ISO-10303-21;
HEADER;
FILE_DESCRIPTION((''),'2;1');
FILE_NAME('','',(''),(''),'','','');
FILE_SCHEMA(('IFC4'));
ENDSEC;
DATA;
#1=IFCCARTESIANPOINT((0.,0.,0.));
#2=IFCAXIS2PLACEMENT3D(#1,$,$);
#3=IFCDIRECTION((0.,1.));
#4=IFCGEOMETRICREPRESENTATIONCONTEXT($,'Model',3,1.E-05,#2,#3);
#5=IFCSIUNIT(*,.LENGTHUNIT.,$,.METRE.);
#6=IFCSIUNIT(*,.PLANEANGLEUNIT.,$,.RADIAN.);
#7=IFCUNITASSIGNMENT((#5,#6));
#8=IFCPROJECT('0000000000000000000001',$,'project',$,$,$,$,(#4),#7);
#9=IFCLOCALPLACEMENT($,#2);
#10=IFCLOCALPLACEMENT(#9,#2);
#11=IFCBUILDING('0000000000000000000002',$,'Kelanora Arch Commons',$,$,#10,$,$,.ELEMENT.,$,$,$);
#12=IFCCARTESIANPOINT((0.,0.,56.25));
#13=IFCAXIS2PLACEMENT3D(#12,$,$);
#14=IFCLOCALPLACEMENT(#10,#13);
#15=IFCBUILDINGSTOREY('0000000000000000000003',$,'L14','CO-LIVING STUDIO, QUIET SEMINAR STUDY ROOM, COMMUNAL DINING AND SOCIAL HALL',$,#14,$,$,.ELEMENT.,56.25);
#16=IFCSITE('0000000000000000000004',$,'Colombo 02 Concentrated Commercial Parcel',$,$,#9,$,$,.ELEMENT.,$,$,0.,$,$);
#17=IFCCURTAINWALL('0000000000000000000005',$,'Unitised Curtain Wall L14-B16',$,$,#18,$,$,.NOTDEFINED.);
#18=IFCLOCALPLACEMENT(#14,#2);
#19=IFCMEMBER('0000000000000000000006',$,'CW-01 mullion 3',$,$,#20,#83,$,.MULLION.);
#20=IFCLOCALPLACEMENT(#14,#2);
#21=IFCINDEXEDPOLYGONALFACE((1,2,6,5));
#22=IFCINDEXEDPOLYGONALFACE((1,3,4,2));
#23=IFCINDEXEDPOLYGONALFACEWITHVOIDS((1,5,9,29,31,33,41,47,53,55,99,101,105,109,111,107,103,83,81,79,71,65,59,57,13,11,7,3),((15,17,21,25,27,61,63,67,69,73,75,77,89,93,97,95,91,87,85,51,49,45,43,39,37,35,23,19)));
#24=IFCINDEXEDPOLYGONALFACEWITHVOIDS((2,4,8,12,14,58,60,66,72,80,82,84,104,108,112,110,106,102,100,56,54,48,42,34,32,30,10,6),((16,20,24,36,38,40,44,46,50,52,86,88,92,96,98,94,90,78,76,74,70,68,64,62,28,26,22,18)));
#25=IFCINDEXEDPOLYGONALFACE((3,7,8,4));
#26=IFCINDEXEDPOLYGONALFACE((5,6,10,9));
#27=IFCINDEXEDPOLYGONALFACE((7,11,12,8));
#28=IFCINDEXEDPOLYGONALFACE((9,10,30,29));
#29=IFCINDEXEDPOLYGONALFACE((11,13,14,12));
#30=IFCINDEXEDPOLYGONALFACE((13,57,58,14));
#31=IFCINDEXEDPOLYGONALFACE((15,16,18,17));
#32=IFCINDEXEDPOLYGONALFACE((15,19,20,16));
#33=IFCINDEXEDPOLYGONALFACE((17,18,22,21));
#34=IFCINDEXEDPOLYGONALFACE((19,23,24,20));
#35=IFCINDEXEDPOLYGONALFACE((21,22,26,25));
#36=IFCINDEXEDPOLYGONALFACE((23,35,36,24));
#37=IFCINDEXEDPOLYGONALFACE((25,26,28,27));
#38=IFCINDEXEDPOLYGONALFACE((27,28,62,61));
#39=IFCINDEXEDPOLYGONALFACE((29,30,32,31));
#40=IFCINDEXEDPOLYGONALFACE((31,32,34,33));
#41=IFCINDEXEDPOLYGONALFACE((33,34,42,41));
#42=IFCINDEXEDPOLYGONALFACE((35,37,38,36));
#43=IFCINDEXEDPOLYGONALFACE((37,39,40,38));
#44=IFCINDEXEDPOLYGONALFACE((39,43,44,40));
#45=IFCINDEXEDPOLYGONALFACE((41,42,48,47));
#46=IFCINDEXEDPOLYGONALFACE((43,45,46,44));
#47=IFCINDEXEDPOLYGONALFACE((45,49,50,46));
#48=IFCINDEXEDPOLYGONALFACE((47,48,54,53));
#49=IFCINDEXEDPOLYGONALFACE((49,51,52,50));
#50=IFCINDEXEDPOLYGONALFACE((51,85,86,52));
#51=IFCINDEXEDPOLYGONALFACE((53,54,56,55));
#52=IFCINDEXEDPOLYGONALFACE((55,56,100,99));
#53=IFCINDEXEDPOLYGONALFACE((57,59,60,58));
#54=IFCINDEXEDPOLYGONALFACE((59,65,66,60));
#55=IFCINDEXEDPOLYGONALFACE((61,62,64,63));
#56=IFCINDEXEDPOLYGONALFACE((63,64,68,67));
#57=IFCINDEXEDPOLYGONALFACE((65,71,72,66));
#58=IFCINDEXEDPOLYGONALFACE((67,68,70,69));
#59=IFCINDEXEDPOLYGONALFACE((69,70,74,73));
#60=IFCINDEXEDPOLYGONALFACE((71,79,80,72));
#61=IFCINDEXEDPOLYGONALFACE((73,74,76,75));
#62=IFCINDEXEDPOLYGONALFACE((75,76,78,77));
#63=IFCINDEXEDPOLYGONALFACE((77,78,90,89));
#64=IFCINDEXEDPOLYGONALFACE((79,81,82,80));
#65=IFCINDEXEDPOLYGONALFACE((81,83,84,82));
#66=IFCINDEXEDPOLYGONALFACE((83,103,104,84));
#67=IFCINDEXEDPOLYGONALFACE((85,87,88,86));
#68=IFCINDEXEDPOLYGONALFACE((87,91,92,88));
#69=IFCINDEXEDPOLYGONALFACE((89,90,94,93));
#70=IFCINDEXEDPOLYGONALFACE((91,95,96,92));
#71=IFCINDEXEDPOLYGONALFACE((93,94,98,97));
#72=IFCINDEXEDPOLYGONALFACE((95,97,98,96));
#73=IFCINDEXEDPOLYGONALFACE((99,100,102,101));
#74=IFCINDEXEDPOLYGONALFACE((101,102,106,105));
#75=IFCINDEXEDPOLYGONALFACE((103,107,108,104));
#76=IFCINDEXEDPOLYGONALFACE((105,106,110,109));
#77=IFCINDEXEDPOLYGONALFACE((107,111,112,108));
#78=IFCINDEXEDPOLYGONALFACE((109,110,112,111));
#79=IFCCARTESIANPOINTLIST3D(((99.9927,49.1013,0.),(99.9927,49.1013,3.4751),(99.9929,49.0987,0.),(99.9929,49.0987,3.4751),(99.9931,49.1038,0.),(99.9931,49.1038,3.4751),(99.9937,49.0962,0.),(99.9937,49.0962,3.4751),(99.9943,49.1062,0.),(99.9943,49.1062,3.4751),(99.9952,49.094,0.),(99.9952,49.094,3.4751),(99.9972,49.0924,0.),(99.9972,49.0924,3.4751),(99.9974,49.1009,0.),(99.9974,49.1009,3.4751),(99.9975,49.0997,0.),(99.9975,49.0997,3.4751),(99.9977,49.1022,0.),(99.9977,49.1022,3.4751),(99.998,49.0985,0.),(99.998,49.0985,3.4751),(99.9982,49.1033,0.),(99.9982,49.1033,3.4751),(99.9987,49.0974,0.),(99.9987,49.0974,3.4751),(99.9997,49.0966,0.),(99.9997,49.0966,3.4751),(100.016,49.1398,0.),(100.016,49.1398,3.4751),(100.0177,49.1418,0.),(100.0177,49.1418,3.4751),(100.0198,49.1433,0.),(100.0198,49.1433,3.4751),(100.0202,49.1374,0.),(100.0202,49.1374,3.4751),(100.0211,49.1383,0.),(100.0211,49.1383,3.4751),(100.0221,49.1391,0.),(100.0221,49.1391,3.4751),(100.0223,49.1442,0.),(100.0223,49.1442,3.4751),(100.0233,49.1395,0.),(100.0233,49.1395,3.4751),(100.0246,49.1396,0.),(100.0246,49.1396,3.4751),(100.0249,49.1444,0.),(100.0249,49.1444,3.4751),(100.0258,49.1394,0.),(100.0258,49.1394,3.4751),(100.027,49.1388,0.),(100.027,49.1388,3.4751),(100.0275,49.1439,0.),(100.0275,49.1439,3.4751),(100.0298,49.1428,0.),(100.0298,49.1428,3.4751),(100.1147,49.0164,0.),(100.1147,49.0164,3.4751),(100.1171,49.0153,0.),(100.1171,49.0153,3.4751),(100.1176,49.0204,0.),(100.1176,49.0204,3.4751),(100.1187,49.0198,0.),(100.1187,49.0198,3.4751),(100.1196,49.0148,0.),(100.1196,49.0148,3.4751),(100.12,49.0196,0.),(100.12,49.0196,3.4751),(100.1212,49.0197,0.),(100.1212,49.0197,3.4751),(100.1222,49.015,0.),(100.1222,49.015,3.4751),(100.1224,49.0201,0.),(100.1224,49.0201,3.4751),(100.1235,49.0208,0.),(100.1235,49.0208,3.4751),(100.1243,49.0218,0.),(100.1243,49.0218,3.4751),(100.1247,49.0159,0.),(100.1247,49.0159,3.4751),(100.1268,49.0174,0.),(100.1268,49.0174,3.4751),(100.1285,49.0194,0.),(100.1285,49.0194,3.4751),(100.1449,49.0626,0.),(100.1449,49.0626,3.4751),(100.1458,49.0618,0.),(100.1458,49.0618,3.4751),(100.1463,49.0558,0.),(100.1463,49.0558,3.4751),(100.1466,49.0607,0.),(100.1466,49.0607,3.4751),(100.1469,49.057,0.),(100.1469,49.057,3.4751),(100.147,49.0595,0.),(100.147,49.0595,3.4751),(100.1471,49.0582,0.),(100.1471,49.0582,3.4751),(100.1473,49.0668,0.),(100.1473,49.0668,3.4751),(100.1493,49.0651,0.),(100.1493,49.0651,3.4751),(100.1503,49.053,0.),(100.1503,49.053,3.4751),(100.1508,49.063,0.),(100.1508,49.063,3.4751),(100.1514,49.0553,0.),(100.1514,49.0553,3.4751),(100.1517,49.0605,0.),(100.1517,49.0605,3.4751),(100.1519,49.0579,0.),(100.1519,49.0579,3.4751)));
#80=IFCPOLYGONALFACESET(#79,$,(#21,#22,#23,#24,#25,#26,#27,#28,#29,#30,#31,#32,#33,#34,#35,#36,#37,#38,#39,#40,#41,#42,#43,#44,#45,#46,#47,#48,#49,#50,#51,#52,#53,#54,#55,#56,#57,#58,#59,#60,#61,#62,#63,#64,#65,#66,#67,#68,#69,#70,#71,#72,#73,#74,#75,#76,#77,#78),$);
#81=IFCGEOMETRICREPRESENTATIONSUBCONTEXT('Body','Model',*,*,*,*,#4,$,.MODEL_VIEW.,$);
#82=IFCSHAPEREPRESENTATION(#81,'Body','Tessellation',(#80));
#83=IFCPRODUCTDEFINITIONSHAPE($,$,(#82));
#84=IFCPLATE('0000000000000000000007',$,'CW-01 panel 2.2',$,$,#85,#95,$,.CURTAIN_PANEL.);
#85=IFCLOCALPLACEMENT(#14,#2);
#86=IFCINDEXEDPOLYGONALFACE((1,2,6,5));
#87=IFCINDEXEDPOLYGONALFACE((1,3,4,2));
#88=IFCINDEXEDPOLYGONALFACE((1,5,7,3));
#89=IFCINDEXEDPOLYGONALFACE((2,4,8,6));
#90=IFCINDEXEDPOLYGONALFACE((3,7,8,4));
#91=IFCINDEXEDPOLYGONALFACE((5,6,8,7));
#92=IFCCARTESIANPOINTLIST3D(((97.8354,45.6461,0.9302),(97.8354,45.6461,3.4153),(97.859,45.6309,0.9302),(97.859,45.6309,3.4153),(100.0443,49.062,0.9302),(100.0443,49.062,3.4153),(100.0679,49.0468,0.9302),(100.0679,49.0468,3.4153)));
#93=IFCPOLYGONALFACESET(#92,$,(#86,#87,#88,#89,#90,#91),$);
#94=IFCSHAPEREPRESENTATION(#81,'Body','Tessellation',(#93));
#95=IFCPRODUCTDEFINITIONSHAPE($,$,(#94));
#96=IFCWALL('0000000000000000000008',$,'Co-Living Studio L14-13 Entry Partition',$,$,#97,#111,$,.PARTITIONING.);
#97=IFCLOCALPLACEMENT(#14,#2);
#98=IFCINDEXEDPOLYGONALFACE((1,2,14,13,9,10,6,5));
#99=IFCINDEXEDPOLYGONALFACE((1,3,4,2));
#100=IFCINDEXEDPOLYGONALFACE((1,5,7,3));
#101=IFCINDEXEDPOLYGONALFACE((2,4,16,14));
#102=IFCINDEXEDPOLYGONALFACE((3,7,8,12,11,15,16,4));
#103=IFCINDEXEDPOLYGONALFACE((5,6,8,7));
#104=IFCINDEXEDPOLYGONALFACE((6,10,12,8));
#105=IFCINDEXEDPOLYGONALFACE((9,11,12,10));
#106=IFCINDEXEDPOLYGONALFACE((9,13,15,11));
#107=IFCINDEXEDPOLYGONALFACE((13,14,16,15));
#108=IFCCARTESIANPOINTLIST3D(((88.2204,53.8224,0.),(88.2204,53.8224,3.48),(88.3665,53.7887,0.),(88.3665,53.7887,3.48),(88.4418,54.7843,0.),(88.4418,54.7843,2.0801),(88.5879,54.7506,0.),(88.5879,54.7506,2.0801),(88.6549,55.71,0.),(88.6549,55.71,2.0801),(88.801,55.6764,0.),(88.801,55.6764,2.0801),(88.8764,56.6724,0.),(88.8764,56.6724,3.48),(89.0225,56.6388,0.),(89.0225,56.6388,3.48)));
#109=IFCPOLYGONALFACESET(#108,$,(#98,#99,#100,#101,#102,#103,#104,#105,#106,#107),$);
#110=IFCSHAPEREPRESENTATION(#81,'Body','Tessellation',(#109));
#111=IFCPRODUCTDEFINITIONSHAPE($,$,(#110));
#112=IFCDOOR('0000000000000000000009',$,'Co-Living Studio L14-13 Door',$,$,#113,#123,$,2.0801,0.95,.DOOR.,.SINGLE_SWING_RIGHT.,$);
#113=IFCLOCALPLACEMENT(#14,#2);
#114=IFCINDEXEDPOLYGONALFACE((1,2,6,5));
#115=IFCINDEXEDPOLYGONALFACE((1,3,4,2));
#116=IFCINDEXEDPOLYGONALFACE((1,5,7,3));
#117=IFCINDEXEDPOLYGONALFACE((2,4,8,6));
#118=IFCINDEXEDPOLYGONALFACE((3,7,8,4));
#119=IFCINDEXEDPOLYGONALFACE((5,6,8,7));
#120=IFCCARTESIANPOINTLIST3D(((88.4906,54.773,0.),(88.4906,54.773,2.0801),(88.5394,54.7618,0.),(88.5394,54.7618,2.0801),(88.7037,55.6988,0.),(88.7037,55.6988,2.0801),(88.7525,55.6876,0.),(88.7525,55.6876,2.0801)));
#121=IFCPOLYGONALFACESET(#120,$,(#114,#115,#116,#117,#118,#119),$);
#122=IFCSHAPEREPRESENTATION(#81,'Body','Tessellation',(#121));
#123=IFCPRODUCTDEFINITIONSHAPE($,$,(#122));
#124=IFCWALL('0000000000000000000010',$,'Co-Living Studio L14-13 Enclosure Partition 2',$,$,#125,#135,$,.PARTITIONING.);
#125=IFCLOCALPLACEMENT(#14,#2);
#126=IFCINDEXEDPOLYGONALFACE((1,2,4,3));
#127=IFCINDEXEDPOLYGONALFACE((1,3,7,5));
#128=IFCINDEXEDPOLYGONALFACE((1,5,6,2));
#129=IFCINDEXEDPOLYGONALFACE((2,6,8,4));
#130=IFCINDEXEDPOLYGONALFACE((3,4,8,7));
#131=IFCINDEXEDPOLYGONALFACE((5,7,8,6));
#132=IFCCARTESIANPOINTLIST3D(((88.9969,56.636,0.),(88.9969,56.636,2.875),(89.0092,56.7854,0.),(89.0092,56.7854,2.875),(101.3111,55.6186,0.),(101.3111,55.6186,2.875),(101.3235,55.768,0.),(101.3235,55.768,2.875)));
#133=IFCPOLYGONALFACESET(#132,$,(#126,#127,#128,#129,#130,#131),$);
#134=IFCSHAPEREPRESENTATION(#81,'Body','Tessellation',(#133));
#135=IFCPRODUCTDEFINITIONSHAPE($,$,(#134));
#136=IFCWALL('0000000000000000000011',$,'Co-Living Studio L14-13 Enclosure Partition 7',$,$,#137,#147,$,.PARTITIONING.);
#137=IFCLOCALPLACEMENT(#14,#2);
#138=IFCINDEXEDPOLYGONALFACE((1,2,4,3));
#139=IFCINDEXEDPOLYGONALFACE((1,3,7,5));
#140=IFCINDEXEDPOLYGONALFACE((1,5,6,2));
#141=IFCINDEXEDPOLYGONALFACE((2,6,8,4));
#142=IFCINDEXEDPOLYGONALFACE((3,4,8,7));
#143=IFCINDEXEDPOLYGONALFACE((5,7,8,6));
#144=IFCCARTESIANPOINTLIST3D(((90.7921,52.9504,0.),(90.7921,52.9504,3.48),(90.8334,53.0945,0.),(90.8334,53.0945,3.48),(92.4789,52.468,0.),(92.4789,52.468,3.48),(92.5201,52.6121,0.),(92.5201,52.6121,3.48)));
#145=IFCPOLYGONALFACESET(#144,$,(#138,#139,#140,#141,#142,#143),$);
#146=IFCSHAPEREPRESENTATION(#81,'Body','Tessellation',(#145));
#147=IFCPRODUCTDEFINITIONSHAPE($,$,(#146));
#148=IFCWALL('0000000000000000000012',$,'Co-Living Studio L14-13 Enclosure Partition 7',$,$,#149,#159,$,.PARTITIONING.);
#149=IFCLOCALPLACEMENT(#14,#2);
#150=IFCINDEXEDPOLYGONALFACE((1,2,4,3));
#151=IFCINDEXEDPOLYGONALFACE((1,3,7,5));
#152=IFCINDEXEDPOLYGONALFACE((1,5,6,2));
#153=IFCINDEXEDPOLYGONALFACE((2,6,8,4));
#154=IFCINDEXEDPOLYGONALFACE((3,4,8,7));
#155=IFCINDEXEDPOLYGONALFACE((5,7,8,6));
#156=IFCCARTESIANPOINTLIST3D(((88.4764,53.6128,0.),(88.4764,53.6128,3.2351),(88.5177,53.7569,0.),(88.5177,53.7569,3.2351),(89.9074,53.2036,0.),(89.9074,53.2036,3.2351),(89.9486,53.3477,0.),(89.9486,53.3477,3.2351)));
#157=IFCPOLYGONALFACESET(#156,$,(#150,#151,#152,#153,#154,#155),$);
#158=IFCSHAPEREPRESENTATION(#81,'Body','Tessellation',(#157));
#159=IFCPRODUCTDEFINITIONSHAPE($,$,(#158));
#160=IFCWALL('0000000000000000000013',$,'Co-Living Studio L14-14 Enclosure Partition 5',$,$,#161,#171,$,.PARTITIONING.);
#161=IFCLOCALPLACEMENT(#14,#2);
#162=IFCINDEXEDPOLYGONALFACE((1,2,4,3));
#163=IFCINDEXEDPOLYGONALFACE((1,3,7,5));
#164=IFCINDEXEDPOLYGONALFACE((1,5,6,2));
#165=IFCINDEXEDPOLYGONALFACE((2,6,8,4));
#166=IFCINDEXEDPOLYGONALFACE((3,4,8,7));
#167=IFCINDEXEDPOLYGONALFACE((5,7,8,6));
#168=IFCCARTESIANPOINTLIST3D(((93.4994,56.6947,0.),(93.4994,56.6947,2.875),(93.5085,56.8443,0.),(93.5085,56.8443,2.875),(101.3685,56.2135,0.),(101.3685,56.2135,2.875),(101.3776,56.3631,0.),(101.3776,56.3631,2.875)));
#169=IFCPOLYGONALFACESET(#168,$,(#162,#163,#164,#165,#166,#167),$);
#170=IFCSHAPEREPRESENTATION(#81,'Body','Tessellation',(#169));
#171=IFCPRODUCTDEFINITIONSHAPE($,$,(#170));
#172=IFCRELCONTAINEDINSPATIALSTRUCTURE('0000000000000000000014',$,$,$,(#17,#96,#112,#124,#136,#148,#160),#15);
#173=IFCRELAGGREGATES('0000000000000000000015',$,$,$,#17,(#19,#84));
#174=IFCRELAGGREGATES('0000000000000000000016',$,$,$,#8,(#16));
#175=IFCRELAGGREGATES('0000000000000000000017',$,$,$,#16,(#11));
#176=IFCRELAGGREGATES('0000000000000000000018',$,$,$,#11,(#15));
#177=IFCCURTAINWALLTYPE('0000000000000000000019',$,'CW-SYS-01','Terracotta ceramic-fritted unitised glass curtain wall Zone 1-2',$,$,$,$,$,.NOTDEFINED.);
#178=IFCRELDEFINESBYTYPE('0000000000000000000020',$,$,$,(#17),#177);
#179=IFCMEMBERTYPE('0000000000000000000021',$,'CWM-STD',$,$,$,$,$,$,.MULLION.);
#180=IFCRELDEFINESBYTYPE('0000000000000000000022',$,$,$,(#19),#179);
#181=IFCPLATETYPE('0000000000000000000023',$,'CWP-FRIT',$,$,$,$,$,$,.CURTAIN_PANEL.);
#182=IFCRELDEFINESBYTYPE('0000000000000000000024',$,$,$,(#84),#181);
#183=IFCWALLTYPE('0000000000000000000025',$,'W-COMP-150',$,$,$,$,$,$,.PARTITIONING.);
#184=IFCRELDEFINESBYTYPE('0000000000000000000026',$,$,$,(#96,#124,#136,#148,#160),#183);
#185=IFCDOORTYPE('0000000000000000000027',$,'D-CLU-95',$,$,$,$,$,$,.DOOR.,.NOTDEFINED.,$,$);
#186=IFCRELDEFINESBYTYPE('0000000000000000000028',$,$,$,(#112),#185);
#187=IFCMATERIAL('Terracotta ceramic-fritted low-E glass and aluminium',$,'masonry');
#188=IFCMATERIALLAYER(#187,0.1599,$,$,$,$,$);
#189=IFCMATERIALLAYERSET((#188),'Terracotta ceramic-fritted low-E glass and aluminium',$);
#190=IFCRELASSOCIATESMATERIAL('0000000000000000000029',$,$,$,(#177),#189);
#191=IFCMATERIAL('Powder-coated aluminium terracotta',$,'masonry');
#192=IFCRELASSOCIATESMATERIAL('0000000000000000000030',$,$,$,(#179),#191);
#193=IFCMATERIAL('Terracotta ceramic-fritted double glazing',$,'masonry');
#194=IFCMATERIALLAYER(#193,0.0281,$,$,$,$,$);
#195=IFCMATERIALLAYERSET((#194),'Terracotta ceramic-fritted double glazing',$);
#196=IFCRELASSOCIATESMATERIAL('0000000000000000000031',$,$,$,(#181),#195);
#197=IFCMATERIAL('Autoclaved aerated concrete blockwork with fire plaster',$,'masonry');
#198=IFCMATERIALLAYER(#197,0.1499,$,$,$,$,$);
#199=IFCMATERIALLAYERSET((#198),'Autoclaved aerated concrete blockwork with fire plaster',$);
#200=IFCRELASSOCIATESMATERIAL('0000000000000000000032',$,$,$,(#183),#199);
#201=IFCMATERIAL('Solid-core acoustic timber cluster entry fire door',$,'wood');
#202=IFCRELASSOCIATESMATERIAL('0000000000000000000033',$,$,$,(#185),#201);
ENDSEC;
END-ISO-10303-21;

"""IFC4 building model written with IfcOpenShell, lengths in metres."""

from ifc_helpers import new_model, si_unit, direction, frame, frame_2d, origin, origin_2d, place, context, subcontext, project, spatial, rectangle, hollow_rectangle, extrude, source, transform, mapped, material, layer, layer_set, material_profile, profile_set, type_object, element, fill, aggregate, save


model = new_model("IFC4")

# Units and contexts
model_context = context("Model", 3, precision=1e-05, world=origin(), true_north=direction((0.0, 1.0)))
body_context = subcontext(model_context, "Body", "Model", "MODEL_VIEW")
ifc_project = project(units=[si_unit("LENGTHUNIT", "METRE"), si_unit("PLANEANGLEUNIT", "RADIAN")], contexts=[model_context])

# Site, building, storey
site_placement = place(None, origin())
site = spatial("IfcSite", under=ifc_project, at=site_placement, Name="Colombo 02 Concentrated Commercial Parcel", CompositionType="ELEMENT", RefElevation=0.0)
building_placement = place(site_placement, origin())
building = spatial("IfcBuilding", under=site, at=building_placement, Name="Kelanora Arch Commons", CompositionType="ELEMENT")
storey_placement = place(building_placement, frame((0.0, 0.0, 56.25)))
storey = spatial("IfcBuildingStorey", under=building, at=storey_placement, Name="L14", Description="CO-LIVING STUDIO, QUIET SEMINAR STUDY ROOM, COMMUNAL DINING AND SOCIAL HALL", CompositionType="ELEMENT", Elevation=56.25)

# Curtain wall, member, plate
ifc_material_1 = material(Name="Terracotta ceramic-fritted low-E glass and aluminium", Category="masonry")
ifc_layer_1 = layer(ifc_material_1, 0.1599)
ifc_layer_set_1 = layer_set([ifc_layer_1], Name="Terracotta ceramic-fritted low-E glass and aluminium")
curtain_wall_type = type_object("IfcCurtainWallType", Name="CW-SYS-01", Description="Terracotta ceramic-fritted unitised glass curtain wall Zone 1-2", PredefinedType="NOTDEFINED", material=ifc_layer_set_1)
curtain_wall_placement = place(storey_placement, origin())
curtain_wall = element("IfcCurtainWall", 1, at=curtain_wall_placement, inside=storey, type_object=curtain_wall_type, Name="Unitised Curtain Wall L14-B16", PredefinedType="NOTDEFINED")
ifc_material_2 = material(Name="Powder-coated aluminium terracotta", Category="masonry")
ifc_material_profile_1 = material_profile(ifc_material_2, hollow_rectangle(XDim=0.1599, YDim=0.0601, WallThickness=0.0049, InnerFilletRadius=0.0049, OuterFilletRadius=0.01, at=origin_2d()), Name="CWM160x60")
ifc_profile_set_1 = profile_set([ifc_material_profile_1], Name="Powder-coated aluminium terracotta")
member_type = type_object("IfcMemberType", Name="CWM-STD", PredefinedType="MULLION", material=ifc_profile_set_1)
member_placement = place(storey_placement, frame((100.0723, 49.0796, 0.0), z_axis=(0.0, 0.0, 1.0), x_axis=(-0.83973, 0.543004, 0.0)))
member = element("IfcMember", 2, at=member_placement, type_object=member_type, Name="CW-01 mullion 3", PredefinedType="MULLION", context=body_context, shape_type="SweptSolid", body=[
    extrude(hollow_rectangle(XDim=0.1599, YDim=0.0601, WallThickness=0.0049, InnerFilletRadius=0.0049, OuterFilletRadius=0.01, at=origin_2d()), origin(), (0.0, 0.0, 1.0), 3.4751),
])
ifc_material_3 = material(Name="Terracotta ceramic-fritted double glazing", Category="masonry")
ifc_layer_2 = layer(ifc_material_3, 0.0281)
ifc_layer_set_2 = layer_set([ifc_layer_2], Name="Terracotta ceramic-fritted double glazing")
plate_type = type_object("IfcPlateType", Name="CWP-FRIT", PredefinedType="CURTAIN_PANEL", material=ifc_layer_set_2)
shared_shape_1 = source(origin(), body_context, "Body", "SweptSolid", [
    extrude(rectangle(XDim=4.0679, YDim=0.0281, at=origin_2d()), origin(), (0.0, 0.0, 1.0), 2.4851),
])
plate_placement = place(storey_placement, frame((98.9517, 47.3464, 0.9302), z_axis=(0.0, 0.0, 1.0), x_axis=(0.543004, 0.83973, 0.0)))
plate = element("IfcPlate", 3, at=plate_placement, type_object=plate_type, Name="CW-01 panel 2.2", PredefinedType="CURTAIN_PANEL", context=body_context, shape_type="MappedRepresentation", body=[
    mapped(shared_shape_1, transform((0.0, 0.0, 0.0), scale=1.0)),
])
aggregate(curtain_wall, [member, plate])

# Wall, opening, door
ifc_material_4 = material(Name="Autoclaved aerated concrete blockwork with fire plaster", Category="masonry")
ifc_layer_3 = layer(ifc_material_4, 0.1499)
ifc_layer_set_3 = layer_set([ifc_layer_3], Name="Autoclaved aerated concrete blockwork with fire plaster")
wall_type_1 = type_object("IfcWallType", Name="W-COMP-150", PredefinedType="PARTITIONING", material=ifc_layer_set_3)
wall_1_placement = place(storey_placement, frame((88.2935, 53.8054, 0.0), z_axis=(0.0, 0.0, 1.0), x_axis=(0.224305, 0.974519, 0.0)))
wall_1 = element("IfcWall", 4, at=wall_1_placement, inside=storey, type_object=wall_type_1, Name="Co-Living Studio L14-13 Entry Partition", PredefinedType="PARTITIONING", context=body_context, shape_type="SweptSolid", body=[
    extrude(rectangle(XDim=2.9246, YDim=0.1499, at=frame_2d((1.4624, 0.0))), origin(), (0.0, 0.0, 1.0), 3.48),
])
opening_1_placement = place(wall_1_placement, frame((0.9871, 0.0, 0.0)))
opening_1 = element("IfcOpeningElement", 5, at=opening_1_placement, cuts=wall_1, PredefinedType="OPENING", context=body_context, shape_type="SweptSolid", body=[
    extrude(rectangle(XDim=0.95, YDim=2.0801, at=frame_2d((0.4751, 1.04))), frame((0.0, 0.085, 0.0), z_axis=(0.0, -1.0, 0.0), x_axis=(1.0, 0.0, 0.0)), (0.0, 0.0, 1.0), 0.1699),
])
ifc_material_5 = material(Name="Solid-core acoustic timber cluster entry fire door", Category="wood")
door_type_1 = type_object("IfcDoorType", Name="D-CLU-95", OperationType="NOTDEFINED", PredefinedType="DOOR", material=ifc_material_5)
door_1_placement = place(opening_1_placement, origin())
door_1 = element("IfcDoor", 6, at=door_1_placement, inside=storey, type_object=door_type_1, Name="Co-Living Studio L14-13 Door", OperationType="SINGLE_SWING_RIGHT", OverallHeight=2.0801, OverallWidth=0.95, PredefinedType="DOOR", context=body_context, shape_type="SweptSolid", body=[
    extrude(rectangle(XDim=0.95, YDim=2.0801, at=frame_2d((0.4751, 1.04))), frame((0.0, 0.0249, 0.0), z_axis=(0.0, -1.0, 0.0), x_axis=(1.0, 0.0, 0.0)), (0.0, 0.0, 1.0), 0.05),
])
fill(opening_1, door_1)

# Walls
wall_2_placement = place(storey_placement, frame((89.0029, 56.7107, 0.0), z_axis=(0.0, 0.0, 1.0), x_axis=(0.996605, -0.082334, 0.0)))
element("IfcWall", 7, at=wall_2_placement, inside=storey, type_object=wall_type_1, Name="Co-Living Studio L14-13 Enclosure Partition 2", PredefinedType="PARTITIONING", context=body_context, shape_type="SweptSolid", body=[
    extrude(rectangle(XDim=12.3562, YDim=0.1499, at=frame_2d((6.1782, 0.0))), origin(), (0.0, 0.0, 1.0), 2.875),
])
wall_3_placement = place(storey_placement, frame((92.4995, 52.54, 0.0), z_axis=(0.0, 0.0, 1.0), x_axis=(-0.96145, 0.274978, 0.0)))
element("IfcWall", 8, at=wall_3_placement, inside=storey, type_object=wall_type_1, Name="Co-Living Studio L14-13 Enclosure Partition 7", PredefinedType="PARTITIONING", context=body_context, shape_type="SweptSolid", body=[
    extrude(rectangle(XDim=1.7544, YDim=0.1499, at=frame_2d((0.8772, 0.0))), origin(), (0.0, 0.0, 1.0), 3.48),
])
wall_4_placement = place(storey_placement, frame((89.928, 53.2756, 0.0), z_axis=(0.0, 0.0, 1.0), x_axis=(-0.961462, 0.274938, 0.0)))
element("IfcWall", 9, at=wall_4_placement, inside=storey, type_object=wall_type_1, Name="Co-Living Studio L14-13 Enclosure Partition 7", PredefinedType="PARTITIONING", context=body_context, shape_type="SweptSolid", body=[
    extrude(rectangle(XDim=1.4883, YDim=0.1499, at=frame_2d((0.7441, 0.0))), origin(), (0.0, 0.0, 1.0), 3.2351),
])
wall_5_placement = place(storey_placement, frame((101.373, 56.2883, 0.0), z_axis=(0.0, 0.0, 1.0), x_axis=(-0.998136, 0.061036, 0.0)))
element("IfcWall", 10, at=wall_5_placement, inside=storey, type_object=wall_type_1, Name="Co-Living Studio L14-14 Enclosure Partition 5", PredefinedType="PARTITIONING", context=body_context, shape_type="SweptSolid", body=[
    extrude(rectangle(XDim=7.8838, YDim=0.1499, at=frame_2d((3.9419, 0.0))), origin(), (0.0, 0.0, 1.0), 2.875),
])

save(model, "model.ifc")
